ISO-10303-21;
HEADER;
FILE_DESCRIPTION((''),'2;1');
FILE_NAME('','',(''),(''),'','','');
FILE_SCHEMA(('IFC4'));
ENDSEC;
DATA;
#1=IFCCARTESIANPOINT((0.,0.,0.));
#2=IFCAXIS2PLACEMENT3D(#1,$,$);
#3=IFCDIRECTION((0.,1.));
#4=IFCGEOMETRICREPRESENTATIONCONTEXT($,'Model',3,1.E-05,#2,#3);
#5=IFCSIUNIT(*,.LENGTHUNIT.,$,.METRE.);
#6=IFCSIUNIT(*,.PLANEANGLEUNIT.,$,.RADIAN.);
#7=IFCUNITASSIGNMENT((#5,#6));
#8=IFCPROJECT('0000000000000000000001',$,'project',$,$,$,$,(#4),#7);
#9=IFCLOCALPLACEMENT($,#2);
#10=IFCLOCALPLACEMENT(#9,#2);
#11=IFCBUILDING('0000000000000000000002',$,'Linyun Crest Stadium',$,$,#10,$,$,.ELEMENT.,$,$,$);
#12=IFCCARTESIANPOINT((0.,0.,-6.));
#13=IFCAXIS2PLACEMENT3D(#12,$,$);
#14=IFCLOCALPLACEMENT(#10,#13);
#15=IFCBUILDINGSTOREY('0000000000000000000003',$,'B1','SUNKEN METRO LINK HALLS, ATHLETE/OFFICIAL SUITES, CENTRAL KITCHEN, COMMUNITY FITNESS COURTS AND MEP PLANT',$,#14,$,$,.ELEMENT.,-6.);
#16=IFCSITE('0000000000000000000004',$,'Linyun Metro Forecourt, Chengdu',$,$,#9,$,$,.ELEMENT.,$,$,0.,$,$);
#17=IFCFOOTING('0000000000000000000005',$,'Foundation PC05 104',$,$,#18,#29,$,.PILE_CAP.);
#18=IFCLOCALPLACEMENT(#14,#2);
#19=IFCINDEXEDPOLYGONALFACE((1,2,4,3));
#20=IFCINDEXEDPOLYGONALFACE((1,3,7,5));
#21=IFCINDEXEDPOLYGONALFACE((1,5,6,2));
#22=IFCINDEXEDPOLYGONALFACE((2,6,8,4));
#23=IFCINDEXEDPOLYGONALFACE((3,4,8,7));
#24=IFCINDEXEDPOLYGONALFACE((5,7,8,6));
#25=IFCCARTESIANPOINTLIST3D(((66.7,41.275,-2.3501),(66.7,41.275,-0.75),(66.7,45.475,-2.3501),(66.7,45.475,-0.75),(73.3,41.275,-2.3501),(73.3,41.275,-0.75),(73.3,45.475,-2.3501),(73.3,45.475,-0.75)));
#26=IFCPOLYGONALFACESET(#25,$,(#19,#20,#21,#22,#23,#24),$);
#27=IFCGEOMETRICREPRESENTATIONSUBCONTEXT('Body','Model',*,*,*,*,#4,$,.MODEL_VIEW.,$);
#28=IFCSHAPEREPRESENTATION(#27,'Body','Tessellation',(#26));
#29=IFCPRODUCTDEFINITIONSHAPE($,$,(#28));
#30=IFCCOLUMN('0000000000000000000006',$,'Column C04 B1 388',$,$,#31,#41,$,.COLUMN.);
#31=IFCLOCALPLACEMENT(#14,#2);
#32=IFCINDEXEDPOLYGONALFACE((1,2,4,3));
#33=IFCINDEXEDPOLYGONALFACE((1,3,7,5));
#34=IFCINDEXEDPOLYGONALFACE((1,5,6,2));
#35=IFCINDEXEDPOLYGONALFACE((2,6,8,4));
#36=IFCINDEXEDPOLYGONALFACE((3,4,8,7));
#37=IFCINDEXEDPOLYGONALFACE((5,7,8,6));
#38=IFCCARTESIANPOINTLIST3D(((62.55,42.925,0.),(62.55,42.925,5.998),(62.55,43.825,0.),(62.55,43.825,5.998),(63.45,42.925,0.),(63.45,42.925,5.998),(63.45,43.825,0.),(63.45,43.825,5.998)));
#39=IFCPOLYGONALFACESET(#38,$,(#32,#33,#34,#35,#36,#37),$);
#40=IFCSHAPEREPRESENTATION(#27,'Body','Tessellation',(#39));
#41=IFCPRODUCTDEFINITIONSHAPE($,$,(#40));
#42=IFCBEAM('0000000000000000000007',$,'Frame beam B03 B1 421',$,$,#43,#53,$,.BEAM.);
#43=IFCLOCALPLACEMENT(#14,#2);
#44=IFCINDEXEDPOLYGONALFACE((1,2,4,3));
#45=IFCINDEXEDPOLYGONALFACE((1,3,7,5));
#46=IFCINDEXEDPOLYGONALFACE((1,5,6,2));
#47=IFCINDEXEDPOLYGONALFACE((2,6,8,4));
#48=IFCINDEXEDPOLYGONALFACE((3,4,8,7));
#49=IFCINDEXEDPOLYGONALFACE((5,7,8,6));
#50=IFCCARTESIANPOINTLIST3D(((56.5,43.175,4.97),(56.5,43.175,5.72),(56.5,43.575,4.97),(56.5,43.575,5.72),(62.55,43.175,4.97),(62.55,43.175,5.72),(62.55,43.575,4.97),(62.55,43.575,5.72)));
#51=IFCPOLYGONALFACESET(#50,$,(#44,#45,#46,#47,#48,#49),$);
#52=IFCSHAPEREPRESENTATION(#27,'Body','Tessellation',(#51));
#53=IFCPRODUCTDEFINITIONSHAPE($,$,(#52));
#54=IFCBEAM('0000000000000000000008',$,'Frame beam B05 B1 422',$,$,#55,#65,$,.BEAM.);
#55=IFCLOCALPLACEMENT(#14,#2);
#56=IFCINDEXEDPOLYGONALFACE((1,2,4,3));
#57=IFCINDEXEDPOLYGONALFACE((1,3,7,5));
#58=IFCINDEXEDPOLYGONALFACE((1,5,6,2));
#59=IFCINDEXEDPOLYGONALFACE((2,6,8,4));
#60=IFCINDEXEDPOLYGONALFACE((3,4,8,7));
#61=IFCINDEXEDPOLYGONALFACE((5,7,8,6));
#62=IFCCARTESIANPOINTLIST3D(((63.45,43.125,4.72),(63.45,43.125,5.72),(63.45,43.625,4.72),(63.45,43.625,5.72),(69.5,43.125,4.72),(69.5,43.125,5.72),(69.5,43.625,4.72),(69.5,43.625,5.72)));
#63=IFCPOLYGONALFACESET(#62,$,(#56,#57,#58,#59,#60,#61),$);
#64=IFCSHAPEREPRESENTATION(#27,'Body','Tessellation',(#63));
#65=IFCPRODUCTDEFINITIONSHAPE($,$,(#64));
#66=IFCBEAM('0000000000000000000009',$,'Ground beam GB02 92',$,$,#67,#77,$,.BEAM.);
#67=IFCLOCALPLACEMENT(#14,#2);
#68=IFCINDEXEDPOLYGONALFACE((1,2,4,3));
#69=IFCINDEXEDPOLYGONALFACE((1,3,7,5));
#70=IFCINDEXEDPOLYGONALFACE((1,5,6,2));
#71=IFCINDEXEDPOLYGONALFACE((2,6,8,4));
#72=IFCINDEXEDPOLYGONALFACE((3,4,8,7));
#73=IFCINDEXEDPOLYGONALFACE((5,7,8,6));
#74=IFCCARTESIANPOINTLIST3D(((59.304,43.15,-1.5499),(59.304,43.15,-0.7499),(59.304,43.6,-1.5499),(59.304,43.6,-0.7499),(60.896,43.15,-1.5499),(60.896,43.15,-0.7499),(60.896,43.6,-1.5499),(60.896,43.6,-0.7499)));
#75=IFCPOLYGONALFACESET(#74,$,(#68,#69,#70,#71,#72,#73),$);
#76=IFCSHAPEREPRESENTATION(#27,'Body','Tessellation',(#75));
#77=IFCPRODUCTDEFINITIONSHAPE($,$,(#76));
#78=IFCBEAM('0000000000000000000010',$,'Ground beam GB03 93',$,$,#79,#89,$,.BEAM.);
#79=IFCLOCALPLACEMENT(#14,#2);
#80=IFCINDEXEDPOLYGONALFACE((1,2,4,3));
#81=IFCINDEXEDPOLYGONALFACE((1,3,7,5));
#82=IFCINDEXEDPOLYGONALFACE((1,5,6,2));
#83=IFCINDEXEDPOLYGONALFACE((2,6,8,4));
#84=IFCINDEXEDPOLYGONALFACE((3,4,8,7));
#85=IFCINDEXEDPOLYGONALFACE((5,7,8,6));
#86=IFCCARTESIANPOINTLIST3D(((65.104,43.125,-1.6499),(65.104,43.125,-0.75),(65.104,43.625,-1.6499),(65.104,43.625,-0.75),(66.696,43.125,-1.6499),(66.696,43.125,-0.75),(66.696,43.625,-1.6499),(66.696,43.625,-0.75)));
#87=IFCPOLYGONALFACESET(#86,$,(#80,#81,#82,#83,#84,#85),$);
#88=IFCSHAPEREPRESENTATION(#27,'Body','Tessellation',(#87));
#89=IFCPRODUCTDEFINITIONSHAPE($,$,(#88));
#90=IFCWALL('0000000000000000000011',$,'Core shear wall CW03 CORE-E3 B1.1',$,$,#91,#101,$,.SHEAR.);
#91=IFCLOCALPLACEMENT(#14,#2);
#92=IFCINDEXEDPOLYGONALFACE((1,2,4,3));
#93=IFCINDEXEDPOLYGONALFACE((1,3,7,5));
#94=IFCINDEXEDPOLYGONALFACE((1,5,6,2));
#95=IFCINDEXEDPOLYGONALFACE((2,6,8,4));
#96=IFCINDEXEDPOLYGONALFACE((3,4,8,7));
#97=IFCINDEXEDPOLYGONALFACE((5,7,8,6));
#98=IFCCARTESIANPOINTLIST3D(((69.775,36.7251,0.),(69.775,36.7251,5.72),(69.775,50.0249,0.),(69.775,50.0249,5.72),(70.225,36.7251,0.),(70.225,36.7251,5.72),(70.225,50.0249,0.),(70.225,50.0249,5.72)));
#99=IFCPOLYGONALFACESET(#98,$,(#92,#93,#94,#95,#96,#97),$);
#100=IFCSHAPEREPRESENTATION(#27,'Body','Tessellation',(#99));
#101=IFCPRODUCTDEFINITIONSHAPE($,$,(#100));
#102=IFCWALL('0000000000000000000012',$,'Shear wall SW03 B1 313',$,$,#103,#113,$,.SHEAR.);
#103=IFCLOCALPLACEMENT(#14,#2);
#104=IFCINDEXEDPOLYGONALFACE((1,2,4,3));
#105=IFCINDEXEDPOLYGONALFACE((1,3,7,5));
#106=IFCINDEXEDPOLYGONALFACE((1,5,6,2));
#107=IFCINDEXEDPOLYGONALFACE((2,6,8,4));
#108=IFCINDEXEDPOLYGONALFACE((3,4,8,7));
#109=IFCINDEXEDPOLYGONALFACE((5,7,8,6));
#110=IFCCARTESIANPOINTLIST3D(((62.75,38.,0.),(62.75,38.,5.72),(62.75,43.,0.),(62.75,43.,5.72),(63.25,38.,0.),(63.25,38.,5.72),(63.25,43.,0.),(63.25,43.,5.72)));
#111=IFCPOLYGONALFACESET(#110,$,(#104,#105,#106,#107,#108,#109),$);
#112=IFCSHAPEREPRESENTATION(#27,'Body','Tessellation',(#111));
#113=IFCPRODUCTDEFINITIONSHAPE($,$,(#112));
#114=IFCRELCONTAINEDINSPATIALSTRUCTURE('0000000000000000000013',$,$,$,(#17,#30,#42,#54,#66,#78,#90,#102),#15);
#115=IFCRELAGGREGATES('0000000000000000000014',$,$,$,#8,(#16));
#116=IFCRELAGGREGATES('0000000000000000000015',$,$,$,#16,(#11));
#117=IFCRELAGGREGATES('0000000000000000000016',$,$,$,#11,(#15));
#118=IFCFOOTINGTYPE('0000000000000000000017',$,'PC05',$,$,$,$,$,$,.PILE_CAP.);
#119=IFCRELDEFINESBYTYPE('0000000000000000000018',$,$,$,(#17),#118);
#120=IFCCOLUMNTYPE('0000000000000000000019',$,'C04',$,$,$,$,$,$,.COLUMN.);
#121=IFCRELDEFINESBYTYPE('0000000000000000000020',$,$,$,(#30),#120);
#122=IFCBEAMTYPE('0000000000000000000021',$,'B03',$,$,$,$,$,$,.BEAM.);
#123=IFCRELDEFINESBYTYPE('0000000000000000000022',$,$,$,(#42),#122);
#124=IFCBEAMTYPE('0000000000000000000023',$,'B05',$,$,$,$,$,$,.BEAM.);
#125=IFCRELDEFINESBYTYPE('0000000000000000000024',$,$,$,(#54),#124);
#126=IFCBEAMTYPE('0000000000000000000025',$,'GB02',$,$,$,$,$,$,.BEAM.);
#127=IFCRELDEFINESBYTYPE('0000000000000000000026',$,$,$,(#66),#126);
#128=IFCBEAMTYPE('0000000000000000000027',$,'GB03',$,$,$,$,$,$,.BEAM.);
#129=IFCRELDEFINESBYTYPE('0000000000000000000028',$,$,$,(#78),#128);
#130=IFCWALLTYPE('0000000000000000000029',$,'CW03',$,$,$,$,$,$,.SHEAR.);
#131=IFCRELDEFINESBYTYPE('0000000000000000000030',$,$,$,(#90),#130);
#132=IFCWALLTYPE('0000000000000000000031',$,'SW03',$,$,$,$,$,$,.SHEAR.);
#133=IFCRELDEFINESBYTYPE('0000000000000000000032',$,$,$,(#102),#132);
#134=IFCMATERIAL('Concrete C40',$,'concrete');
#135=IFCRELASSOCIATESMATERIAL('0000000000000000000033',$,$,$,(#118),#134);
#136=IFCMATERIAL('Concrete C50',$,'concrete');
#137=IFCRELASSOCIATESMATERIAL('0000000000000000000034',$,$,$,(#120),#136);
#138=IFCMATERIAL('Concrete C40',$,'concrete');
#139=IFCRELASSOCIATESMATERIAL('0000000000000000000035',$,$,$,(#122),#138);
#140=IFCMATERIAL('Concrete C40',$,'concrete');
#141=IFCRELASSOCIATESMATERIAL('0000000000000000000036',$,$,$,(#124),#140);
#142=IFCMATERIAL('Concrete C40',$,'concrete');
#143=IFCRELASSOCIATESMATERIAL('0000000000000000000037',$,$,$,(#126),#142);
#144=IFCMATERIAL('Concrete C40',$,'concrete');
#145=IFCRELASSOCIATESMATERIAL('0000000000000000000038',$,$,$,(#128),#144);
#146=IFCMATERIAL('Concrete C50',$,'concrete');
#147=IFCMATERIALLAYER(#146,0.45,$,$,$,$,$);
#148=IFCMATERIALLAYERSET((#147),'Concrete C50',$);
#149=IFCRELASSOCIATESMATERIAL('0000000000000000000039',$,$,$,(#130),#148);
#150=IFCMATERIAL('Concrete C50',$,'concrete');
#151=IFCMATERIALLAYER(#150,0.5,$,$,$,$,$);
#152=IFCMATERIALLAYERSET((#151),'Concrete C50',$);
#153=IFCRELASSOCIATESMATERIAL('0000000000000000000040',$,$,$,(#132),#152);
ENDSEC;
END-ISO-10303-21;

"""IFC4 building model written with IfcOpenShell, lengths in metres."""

from ifc_helpers import new_model, si_unit, direction, frame, frame_2d, origin, origin_2d, place, context, subcontext, project, spatial, rectangle, extrude, material, layer, layer_set, material_profile, profile_set, type_object, element, save


model = new_model("IFC4")

# Units and contexts
model_context = context("Model", 3, precision=1e-05, world=origin(), true_north=direction((0.0, 1.0)))
body_context = subcontext(model_context, "Body", "Model", "MODEL_VIEW")
ifc_project = project(units=[si_unit("LENGTHUNIT", "METRE"), si_unit("PLANEANGLEUNIT", "RADIAN")], contexts=[model_context])

# Site, building, storey
site_placement = place(None, origin())
site = spatial("IfcSite", under=ifc_project, at=site_placement, Name="Linyun Metro Forecourt, Chengdu", CompositionType="ELEMENT", RefElevation=0.0)
building_placement = place(site_placement, origin())
building = spatial("IfcBuilding", under=site, at=building_placement, Name="Linyun Crest Stadium", CompositionType="ELEMENT")
storey_placement = place(building_placement, frame((0.0, 0.0, -6.0)))
storey = spatial("IfcBuildingStorey", under=building, at=storey_placement, Name="B1", Description="SUNKEN METRO LINK HALLS, ATHLETE/OFFICIAL SUITES, CENTRAL KITCHEN, COMMUNITY FITNESS COURTS AND MEP PLANT", CompositionType="ELEMENT", Elevation=-6.0)

# Footing
ifc_material_1 = material(Name="Concrete C40", Category="concrete")
footing_type_1 = type_object("IfcFootingType", Name="PC05", PredefinedType="PILE_CAP", material=ifc_material_1)
footing_1_placement = place(storey_placement, frame((70.0, 43.375, -2.3501), z_axis=(0.0, 0.0, 1.0), x_axis=(1.0, 0.0, 0.0)))
element("IfcFooting", 1, at=footing_1_placement, inside=storey, type_object=footing_type_1, Name="Foundation PC05 104", PredefinedType="PILE_CAP", context=body_context, shape_type="SweptSolid", body=[
    extrude(rectangle(XDim=6.6001, YDim=4.2, at=origin_2d()), origin(), (0.0, 0.0, 1.0), 1.6001),
])

# Column
ifc_material_2 = material(Name="Concrete C50", Category="concrete")
ifc_material_profile_1 = material_profile(ifc_material_2, rectangle(XDim=0.8999, YDim=0.8999, at=origin_2d()), Name="RC 900x900")
ifc_profile_set_1 = profile_set([ifc_material_profile_1], Name="Concrete C50")
column_type = type_object("IfcColumnType", Name="C04", PredefinedType="COLUMN", material=ifc_profile_set_1)
column_placement = place(storey_placement, frame((63.0, 43.375, 0.0), z_axis=(0.0, 0.0, 1.0), x_axis=(1.0, 0.0, 0.0)))
element("IfcColumn", 2, at=column_placement, inside=storey, type_object=column_type, Name="Column C04 B1 388", PredefinedType="COLUMN", context=body_context, shape_type="SweptSolid", body=[
    extrude(rectangle(XDim=0.8999, YDim=0.8999, at=origin_2d()), origin(), (0.0, 0.0, 1.0), 5.998),
])

# Beams
ifc_material_3 = material(Name="Concrete C40", Category="concrete")
ifc_material_profile_2 = material_profile(ifc_material_3, rectangle(XDim=0.3999, YDim=0.75, at=origin_2d()), Name="RCB 750x400")
ifc_profile_set_2 = profile_set([ifc_material_profile_2], Name="Concrete C40")
beam_type_1 = type_object("IfcBeamType", Name="B03", PredefinedType="BEAM", material=ifc_profile_set_2)
beam_1_placement = place(storey_placement, frame((56.5, 43.375, 5.345), z_axis=(1.0, 0.0, 0.0), x_axis=(0.0, 1.0, 0.0)))
element("IfcBeam", 3, at=beam_1_placement, inside=storey, type_object=beam_type_1, Name="Frame beam B03 B1 421", PredefinedType="BEAM", context=body_context, shape_type="SweptSolid", body=[
    extrude(rectangle(XDim=0.3999, YDim=0.75, at=origin_2d()), origin(), (0.0, 0.0, 1.0), 6.05),
])
ifc_material_4 = material(Name="Concrete C40", Category="concrete")
ifc_material_profile_3 = material_profile(ifc_material_4, rectangle(XDim=0.5, YDim=1.0, at=origin_2d()), Name="RCB 1000x500")
ifc_profile_set_3 = profile_set([ifc_material_profile_3], Name="Concrete C40")
beam_type_2 = type_object("IfcBeamType", Name="B05", PredefinedType="BEAM", material=ifc_profile_set_3)
beam_2_placement = place(storey_placement, frame((63.45, 43.375, 5.22), z_axis=(1.0, 0.0, 0.0), x_axis=(0.0, 1.0, 0.0)))
element("IfcBeam", 4, at=beam_2_placement, inside=storey, type_object=beam_type_2, Name="Frame beam B05 B1 422", PredefinedType="BEAM", context=body_context, shape_type="SweptSolid", body=[
    extrude(rectangle(XDim=0.5, YDim=1.0, at=origin_2d()), origin(), (0.0, 0.0, 1.0), 6.05),
])
ifc_material_5 = material(Name="Concrete C40", Category="concrete")
ifc_material_profile_4 = material_profile(ifc_material_5, rectangle(XDim=0.45, YDim=0.8, at=origin_2d()), Name="RCB 800x450")
ifc_profile_set_4 = profile_set([ifc_material_profile_4], Name="Concrete C40")
beam_type_3 = type_object("IfcBeamType", Name="GB02", PredefinedType="BEAM", material=ifc_profile_set_4)
beam_3_placement = place(storey_placement, frame((59.304, 43.375, -1.1499), z_axis=(1.0, 0.0, 0.0), x_axis=(0.0, 1.0, 0.0)))
element("IfcBeam", 5, at=beam_3_placement, inside=storey, type_object=beam_type_3, Name="Ground beam GB02 92", PredefinedType="BEAM", context=body_context, shape_type="SweptSolid", body=[
    extrude(rectangle(XDim=0.45, YDim=0.8, at=origin_2d()), origin(), (0.0, 0.0, 1.0), 1.592),
])
ifc_material_6 = material(Name="Concrete C40", Category="concrete")
ifc_material_profile_5 = material_profile(ifc_material_6, rectangle(XDim=0.5, YDim=0.8999, at=origin_2d()), Name="RCB 900x500")
ifc_profile_set_5 = profile_set([ifc_material_profile_5], Name="Concrete C40")
beam_type_4 = type_object("IfcBeamType", Name="GB03", PredefinedType="BEAM", material=ifc_profile_set_5)
beam_4_placement = place(storey_placement, frame((65.104, 43.375, -1.2), z_axis=(1.0, 0.0, 0.0), x_axis=(0.0, 1.0, 0.0)))
element("IfcBeam", 6, at=beam_4_placement, inside=storey, type_object=beam_type_4, Name="Ground beam GB03 93", PredefinedType="BEAM", context=body_context, shape_type="SweptSolid", body=[
    extrude(rectangle(XDim=0.5, YDim=0.8999, at=origin_2d()), origin(), (0.0, 0.0, 1.0), 1.592),
])

# Walls
ifc_material_7 = material(Name="Concrete C50", Category="concrete")
ifc_layer_1 = layer(ifc_material_7, 0.45)
ifc_layer_set_1 = layer_set([ifc_layer_1], Name="Concrete C50")
wall_type_1 = type_object("IfcWallType", Name="CW03", PredefinedType="SHEAR", material=ifc_layer_set_1)
wall_1_placement = place(storey_placement, frame((70.0, 36.7251, 0.0), z_axis=(0.0, 0.0, 1.0), x_axis=(0.0, 1.0, 0.0)))
element("IfcWall", 7, at=wall_1_placement, inside=storey, type_object=wall_type_1, Name="Core shear wall CW03 CORE-E3 B1.1", PredefinedType="SHEAR", context=body_context, shape_type="SweptSolid", body=[
    extrude(rectangle(XDim=13.2998, YDim=0.45, at=frame_2d((6.6499, 0.0))), origin(), (0.0, 0.0, 1.0), 5.72),
])
ifc_material_8 = material(Name="Concrete C50", Category="concrete")
ifc_layer_2 = layer(ifc_material_8, 0.5)
ifc_layer_set_2 = layer_set([ifc_layer_2], Name="Concrete C50")
wall_type_2 = type_object("IfcWallType", Name="SW03", PredefinedType="SHEAR", material=ifc_layer_set_2)
wall_2_placement = place(storey_placement, frame((63.0, 38.0, 0.0), z_axis=(0.0, 0.0, 1.0), x_axis=(0.0, 1.0, 0.0)))
element("IfcWall", 8, at=wall_2_placement, inside=storey, type_object=wall_type_2, Name="Shear wall SW03 B1 313", PredefinedType="SHEAR", context=body_context, shape_type="SweptSolid", body=[
    extrude(rectangle(XDim=5.0, YDim=0.5, at=frame_2d((2.5, 0.0))), origin(), (0.0, 0.0, 1.0), 5.72),
])

save(model, "model.ifc")
